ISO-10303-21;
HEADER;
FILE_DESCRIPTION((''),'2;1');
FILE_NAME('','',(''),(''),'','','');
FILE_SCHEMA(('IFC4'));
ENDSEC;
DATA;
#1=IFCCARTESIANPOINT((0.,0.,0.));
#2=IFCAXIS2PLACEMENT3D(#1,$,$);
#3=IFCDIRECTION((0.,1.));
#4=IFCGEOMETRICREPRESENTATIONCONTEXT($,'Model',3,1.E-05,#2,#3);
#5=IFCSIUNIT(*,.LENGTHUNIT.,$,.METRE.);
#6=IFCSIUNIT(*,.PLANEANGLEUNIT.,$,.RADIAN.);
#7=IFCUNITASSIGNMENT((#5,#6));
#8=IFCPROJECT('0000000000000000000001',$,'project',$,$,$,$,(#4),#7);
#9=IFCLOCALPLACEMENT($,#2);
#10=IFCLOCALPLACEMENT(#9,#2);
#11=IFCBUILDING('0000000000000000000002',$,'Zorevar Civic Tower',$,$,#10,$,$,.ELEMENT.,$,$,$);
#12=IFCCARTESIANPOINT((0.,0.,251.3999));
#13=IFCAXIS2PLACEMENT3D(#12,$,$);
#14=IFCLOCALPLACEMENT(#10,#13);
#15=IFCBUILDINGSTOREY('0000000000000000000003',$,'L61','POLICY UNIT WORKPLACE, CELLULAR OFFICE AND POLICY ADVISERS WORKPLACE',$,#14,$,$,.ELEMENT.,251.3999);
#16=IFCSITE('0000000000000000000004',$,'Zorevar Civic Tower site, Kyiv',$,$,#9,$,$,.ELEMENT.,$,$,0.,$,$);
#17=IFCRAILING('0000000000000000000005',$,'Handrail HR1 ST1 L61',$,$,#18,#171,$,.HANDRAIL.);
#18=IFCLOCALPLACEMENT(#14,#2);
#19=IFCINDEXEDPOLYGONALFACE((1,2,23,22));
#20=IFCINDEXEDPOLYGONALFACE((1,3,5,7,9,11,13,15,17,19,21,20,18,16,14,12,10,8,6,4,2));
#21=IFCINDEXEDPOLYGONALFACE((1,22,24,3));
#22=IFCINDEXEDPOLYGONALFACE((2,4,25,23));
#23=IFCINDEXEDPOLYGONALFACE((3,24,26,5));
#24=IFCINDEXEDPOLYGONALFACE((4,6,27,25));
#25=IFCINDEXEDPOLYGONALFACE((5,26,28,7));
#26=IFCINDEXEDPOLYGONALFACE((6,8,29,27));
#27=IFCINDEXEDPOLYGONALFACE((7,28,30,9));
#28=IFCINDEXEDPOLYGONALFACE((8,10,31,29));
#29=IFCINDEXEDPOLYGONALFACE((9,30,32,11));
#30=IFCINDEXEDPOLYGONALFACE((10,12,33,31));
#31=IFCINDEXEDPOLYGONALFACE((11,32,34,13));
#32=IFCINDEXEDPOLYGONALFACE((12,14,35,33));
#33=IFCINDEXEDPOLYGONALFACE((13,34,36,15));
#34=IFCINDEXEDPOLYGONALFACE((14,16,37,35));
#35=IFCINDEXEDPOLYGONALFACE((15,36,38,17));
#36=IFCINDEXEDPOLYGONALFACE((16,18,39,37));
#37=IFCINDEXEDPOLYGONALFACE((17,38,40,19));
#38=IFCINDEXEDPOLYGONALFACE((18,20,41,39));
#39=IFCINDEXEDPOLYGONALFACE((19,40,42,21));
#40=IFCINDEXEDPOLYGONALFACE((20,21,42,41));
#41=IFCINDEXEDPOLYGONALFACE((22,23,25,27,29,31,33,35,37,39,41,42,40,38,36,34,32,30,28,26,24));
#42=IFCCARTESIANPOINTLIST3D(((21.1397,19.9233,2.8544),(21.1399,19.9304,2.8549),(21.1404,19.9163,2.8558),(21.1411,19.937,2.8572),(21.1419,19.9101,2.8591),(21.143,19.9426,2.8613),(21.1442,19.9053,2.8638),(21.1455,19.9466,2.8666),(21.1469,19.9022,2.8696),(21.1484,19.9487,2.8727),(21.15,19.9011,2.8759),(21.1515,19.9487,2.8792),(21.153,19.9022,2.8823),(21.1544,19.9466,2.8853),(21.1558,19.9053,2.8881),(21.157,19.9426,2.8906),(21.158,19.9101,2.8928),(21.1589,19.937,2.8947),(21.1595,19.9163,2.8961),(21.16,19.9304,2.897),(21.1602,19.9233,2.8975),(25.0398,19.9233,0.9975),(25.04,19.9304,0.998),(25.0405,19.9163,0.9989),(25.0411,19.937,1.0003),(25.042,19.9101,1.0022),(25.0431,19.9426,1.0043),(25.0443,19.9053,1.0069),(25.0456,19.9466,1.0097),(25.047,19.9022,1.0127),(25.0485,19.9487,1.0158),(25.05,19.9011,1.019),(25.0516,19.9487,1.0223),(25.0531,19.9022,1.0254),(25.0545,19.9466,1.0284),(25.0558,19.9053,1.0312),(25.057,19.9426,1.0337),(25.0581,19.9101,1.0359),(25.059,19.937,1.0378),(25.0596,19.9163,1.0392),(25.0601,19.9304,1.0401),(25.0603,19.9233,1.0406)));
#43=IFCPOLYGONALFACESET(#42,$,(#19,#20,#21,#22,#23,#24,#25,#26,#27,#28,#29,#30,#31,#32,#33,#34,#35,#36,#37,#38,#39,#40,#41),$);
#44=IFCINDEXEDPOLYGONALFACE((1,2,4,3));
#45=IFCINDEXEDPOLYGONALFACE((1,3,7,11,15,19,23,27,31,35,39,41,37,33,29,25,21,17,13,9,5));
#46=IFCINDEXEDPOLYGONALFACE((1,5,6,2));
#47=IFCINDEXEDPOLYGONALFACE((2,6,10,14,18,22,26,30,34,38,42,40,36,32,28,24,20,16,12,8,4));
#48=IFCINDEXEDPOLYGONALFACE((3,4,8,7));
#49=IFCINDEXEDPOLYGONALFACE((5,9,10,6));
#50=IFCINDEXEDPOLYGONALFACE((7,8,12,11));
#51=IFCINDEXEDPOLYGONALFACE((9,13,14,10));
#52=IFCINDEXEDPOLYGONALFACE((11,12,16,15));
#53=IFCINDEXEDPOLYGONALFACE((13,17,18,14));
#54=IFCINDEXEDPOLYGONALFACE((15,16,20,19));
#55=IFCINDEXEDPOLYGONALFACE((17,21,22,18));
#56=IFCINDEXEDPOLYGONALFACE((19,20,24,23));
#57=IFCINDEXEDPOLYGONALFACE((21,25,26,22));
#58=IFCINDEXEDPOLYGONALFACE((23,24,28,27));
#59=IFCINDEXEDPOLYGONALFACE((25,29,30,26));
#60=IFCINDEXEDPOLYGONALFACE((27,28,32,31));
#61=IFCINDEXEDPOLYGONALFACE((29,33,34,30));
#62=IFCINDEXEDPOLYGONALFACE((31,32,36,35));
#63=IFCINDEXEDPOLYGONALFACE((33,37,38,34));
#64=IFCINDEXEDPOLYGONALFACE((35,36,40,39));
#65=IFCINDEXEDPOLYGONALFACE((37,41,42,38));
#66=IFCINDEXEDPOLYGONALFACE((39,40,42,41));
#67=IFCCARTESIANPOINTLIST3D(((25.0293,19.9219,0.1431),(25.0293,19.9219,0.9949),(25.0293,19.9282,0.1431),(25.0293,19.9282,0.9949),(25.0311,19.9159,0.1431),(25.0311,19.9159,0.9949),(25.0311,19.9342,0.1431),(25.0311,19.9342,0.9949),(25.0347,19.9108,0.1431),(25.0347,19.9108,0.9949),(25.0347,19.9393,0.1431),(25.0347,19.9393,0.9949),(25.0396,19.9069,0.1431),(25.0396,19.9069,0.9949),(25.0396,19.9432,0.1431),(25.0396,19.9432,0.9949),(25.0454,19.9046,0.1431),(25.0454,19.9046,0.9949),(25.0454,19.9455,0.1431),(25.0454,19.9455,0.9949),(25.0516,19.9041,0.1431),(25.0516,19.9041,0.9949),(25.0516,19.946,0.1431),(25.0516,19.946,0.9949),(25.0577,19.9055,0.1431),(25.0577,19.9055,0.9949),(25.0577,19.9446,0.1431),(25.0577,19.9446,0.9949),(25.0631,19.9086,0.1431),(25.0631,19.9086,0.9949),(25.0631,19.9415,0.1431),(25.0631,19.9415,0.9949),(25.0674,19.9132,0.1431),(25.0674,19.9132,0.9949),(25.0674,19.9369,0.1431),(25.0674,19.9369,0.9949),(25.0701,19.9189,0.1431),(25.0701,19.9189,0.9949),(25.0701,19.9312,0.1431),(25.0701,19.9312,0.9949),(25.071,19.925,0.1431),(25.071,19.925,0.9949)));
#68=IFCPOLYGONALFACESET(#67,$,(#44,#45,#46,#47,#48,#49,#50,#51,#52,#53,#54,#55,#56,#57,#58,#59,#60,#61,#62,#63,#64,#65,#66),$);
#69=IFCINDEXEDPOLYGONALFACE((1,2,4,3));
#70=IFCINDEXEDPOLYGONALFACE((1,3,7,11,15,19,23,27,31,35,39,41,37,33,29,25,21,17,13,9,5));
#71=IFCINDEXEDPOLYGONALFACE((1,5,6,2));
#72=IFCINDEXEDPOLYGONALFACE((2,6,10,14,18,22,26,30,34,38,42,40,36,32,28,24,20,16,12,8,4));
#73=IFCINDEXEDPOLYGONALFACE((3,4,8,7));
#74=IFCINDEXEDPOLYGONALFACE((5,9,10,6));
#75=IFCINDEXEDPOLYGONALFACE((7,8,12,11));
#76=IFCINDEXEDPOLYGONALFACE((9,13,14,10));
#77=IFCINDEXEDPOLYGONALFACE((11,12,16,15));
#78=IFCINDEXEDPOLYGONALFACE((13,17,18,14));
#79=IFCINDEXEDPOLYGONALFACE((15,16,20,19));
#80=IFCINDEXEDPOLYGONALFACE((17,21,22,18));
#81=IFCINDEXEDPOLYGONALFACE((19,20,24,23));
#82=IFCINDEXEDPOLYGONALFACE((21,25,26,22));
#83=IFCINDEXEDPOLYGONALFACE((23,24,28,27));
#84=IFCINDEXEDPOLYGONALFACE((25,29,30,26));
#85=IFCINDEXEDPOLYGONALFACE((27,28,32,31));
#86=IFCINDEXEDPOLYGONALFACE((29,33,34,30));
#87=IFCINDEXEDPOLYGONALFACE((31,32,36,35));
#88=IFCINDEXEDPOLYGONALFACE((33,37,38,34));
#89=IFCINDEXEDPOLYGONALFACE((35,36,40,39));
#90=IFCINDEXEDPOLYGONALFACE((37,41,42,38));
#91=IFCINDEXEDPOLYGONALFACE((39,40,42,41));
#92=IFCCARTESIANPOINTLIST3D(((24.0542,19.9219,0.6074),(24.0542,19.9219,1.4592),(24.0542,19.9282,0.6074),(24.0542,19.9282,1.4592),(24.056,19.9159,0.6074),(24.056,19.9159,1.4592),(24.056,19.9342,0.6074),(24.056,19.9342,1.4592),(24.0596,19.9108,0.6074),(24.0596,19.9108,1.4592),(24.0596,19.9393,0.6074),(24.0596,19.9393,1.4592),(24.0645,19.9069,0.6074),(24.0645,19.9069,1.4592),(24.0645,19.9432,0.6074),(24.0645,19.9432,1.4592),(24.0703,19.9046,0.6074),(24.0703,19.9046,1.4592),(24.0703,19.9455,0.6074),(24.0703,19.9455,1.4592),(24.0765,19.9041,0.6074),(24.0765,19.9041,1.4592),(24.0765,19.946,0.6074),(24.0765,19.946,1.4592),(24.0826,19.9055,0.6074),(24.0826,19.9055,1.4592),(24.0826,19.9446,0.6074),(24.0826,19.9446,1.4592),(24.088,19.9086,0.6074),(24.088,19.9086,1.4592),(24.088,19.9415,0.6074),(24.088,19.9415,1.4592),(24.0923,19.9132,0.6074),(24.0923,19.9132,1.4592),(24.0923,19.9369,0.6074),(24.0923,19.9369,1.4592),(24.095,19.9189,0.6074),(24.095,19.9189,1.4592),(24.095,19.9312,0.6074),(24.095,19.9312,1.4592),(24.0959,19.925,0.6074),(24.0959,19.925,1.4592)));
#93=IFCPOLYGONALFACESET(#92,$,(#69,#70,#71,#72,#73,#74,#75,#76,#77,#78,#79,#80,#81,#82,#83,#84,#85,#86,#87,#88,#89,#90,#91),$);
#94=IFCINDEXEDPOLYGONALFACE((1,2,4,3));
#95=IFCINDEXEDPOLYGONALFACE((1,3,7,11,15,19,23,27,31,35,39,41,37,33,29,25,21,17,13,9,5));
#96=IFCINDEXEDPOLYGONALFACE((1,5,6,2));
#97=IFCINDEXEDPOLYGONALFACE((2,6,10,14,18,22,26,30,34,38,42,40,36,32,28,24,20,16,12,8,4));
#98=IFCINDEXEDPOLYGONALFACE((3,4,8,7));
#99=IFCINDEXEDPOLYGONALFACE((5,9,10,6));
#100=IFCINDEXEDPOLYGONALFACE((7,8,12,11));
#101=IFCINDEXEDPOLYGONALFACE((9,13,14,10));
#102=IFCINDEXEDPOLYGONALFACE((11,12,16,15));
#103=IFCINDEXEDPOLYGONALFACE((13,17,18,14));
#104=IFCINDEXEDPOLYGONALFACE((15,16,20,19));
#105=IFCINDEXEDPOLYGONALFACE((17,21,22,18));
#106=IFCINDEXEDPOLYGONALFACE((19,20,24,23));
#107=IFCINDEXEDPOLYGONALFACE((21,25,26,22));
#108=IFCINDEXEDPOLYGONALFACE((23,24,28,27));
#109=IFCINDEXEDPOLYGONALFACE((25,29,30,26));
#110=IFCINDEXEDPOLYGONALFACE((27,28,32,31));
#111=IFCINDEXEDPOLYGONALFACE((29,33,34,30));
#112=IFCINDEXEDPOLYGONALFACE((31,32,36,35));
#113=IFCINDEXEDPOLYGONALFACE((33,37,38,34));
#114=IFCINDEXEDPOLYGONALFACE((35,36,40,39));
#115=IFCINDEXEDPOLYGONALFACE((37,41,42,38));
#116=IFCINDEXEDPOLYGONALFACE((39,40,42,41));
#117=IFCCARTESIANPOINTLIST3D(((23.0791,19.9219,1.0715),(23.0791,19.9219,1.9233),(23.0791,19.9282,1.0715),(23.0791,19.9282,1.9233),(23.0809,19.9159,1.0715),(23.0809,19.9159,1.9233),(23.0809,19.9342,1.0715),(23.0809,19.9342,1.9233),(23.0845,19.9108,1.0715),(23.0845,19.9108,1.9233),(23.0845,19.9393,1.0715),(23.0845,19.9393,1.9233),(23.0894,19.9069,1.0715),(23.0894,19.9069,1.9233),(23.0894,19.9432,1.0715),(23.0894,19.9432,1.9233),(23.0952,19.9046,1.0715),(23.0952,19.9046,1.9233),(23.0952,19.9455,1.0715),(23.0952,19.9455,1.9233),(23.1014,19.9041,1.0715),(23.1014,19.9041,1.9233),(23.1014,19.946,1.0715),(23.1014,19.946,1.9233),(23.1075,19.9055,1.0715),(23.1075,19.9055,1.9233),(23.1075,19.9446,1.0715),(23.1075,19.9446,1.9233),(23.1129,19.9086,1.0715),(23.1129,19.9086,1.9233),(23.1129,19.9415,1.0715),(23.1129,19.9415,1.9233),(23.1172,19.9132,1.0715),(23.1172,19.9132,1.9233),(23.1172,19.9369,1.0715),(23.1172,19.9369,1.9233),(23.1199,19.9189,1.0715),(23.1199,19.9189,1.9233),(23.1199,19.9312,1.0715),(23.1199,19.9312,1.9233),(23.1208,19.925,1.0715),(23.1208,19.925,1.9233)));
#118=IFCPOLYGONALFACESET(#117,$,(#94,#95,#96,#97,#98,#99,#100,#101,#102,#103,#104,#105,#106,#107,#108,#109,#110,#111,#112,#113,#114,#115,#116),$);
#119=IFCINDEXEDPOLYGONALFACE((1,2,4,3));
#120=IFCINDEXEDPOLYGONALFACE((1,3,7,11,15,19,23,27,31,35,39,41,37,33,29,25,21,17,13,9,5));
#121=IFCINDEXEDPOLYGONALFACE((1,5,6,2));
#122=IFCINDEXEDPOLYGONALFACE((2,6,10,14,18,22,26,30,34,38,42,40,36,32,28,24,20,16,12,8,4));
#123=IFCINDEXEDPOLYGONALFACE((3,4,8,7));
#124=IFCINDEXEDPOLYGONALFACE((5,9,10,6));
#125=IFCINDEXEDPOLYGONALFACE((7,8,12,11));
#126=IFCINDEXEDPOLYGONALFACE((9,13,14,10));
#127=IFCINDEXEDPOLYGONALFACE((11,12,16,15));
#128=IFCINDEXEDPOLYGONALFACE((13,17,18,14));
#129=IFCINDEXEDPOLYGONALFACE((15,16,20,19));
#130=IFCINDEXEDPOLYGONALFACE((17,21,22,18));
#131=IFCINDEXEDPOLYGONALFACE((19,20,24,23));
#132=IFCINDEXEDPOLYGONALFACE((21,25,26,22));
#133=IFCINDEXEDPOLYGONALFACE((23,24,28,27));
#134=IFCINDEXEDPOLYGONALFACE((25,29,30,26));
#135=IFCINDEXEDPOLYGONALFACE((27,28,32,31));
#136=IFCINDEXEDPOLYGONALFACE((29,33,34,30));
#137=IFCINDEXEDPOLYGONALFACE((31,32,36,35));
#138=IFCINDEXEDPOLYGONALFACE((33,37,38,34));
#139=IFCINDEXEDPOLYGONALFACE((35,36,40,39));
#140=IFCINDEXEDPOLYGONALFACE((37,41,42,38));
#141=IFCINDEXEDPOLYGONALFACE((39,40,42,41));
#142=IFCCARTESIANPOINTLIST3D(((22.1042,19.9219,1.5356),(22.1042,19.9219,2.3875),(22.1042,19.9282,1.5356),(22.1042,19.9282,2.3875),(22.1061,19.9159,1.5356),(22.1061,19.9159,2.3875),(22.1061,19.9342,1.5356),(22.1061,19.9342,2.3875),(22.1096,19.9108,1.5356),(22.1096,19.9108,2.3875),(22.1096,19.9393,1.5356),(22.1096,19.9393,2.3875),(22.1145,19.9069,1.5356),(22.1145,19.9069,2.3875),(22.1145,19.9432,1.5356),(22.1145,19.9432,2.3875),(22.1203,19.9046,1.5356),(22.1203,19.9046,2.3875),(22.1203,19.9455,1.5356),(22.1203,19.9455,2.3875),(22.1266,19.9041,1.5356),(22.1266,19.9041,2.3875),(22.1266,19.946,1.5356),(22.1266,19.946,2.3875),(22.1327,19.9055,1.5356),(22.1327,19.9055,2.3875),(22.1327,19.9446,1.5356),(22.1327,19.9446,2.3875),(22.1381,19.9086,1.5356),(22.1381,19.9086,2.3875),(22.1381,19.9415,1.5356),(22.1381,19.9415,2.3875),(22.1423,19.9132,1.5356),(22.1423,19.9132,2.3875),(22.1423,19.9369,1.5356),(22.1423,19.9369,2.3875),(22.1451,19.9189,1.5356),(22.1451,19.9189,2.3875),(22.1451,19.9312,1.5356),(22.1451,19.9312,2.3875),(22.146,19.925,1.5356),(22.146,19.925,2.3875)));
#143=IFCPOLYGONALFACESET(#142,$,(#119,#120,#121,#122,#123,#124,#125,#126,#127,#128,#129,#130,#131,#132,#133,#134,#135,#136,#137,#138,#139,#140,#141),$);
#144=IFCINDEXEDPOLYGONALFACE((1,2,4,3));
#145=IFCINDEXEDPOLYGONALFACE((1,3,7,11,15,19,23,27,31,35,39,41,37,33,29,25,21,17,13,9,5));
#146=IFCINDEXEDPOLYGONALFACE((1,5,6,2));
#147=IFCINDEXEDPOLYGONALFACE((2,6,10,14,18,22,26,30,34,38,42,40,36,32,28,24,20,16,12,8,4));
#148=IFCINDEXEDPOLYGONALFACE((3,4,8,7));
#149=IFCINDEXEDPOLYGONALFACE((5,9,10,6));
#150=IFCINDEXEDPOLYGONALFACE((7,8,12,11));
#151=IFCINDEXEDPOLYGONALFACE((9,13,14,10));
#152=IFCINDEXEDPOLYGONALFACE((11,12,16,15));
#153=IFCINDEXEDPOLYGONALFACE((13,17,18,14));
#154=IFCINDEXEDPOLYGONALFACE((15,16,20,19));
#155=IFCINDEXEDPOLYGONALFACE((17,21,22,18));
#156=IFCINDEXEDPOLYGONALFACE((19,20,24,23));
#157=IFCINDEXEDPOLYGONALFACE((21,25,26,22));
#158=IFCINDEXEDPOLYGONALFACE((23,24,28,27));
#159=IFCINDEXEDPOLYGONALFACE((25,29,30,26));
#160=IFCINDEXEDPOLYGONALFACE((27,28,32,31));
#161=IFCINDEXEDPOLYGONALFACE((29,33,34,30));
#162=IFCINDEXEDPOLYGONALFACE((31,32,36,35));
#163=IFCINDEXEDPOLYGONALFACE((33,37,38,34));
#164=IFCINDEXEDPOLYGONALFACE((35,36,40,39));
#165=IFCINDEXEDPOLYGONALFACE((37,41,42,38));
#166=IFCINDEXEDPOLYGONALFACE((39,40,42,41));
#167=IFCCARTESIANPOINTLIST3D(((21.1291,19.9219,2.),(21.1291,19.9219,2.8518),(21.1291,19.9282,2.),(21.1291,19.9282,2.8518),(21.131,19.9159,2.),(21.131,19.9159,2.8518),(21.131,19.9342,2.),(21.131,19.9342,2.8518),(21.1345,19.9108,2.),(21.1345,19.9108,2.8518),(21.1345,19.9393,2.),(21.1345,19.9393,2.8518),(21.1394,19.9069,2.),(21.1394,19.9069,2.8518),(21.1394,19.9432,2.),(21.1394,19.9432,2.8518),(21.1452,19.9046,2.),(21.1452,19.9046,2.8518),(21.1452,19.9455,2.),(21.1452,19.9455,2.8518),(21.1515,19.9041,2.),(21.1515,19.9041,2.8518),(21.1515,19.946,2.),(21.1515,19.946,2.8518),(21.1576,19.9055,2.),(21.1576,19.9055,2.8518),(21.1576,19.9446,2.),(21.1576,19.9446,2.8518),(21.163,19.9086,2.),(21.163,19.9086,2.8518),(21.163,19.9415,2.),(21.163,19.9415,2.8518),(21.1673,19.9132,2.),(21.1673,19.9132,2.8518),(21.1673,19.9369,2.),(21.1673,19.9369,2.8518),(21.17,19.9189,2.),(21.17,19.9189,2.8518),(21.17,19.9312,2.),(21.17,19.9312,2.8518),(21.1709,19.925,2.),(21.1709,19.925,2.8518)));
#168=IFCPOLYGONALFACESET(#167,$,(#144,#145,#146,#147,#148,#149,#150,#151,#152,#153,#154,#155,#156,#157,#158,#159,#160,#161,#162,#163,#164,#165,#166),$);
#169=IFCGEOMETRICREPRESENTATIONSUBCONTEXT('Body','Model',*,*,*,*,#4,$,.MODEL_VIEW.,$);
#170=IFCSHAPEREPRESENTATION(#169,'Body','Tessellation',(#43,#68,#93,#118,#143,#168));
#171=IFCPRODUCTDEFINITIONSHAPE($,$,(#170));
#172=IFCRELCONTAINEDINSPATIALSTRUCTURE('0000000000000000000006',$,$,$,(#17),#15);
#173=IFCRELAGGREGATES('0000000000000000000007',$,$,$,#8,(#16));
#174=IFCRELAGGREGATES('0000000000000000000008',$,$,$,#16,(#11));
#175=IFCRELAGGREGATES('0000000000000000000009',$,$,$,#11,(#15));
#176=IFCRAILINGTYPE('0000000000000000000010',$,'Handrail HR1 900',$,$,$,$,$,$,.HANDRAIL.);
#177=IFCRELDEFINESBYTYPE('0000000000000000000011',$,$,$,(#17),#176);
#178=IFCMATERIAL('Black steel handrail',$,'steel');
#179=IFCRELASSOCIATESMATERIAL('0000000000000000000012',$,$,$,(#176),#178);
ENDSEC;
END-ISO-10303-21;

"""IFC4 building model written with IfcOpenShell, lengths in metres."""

from ifc_helpers import new_model, si_unit, direction, frame, origin, origin_2d, place, context, subcontext, project, spatial, circle, extrude, material, type_object, element, save


model = new_model("IFC4")

# Units and contexts
model_context = context("Model", 3, precision=1e-05, world=origin(), true_north=direction((0.0, 1.0)))
body_context = subcontext(model_context, "Body", "Model", "MODEL_VIEW")
ifc_project = project(units=[si_unit("LENGTHUNIT", "METRE"), si_unit("PLANEANGLEUNIT", "RADIAN")], contexts=[model_context])

# Site, building, storey
site_placement = place(None, origin())
site = spatial("IfcSite", under=ifc_project, at=site_placement, Name="Zorevar Civic Tower site, Kyiv", CompositionType="ELEMENT", RefElevation=0.0)
building_placement = place(site_placement, origin())
building = spatial("IfcBuilding", under=site, at=building_placement, Name="Zorevar Civic Tower", CompositionType="ELEMENT")
storey_placement = place(building_placement, frame((0.0, 0.0, 251.3999)))
storey = spatial("IfcBuildingStorey", under=building, at=storey_placement, Name="L61", Description="POLICY UNIT WORKPLACE, CELLULAR OFFICE AND POLICY ADVISERS WORKPLACE", CompositionType="ELEMENT", Elevation=251.3999)

# Railing
ifc_material_1 = material(Name="Black steel handrail", Category="steel")
railing_type = type_object("IfcRailingType", Name="Handrail HR1 900", PredefinedType="HANDRAIL", material=ifc_material_1)
railing_1_placement = place(storey_placement, frame((25.05, 19.925, 0.1431)))
element("IfcRailing", 1, at=railing_1_placement, inside=storey, type_object=railing_type, Name="Handrail HR1 ST1 L61", PredefinedType="HANDRAIL", context=body_context, shape_type="SweptSolid", body=[
    extrude(circle(Radius=0.0239, at=origin_2d()), frame((0.0, 0.0, 0.876), z_axis=(-0.902886, 0.0, 0.429881), x_axis=(0.0, -1.0, 0.0)), (0.0, 0.0, 1.0), 4.3196),
    extrude(circle(Radius=0.021, at=origin_2d()), origin(), (0.0, 0.0, 1.0), 0.8518),
    extrude(circle(Radius=0.021, at=origin_2d()), frame((-0.9751, 0.0, 0.4644)), (0.0, 0.0, 1.0), 0.8518),
    extrude(circle(Radius=0.021, at=origin_2d()), frame((-1.9502, 0.0, 0.9285)), (0.0, 0.0, 1.0), 0.8518),
    extrude(circle(Radius=0.021, at=origin_2d()), frame((-2.925, 0.0, 1.3926)), (0.0, 0.0, 1.0), 0.8518),
    extrude(circle(Radius=0.021, at=origin_2d()), frame((-3.9001, 0.0, 1.8569)), (0.0, 0.0, 1.0), 0.8518),
])

save(model, "model.ifc")
